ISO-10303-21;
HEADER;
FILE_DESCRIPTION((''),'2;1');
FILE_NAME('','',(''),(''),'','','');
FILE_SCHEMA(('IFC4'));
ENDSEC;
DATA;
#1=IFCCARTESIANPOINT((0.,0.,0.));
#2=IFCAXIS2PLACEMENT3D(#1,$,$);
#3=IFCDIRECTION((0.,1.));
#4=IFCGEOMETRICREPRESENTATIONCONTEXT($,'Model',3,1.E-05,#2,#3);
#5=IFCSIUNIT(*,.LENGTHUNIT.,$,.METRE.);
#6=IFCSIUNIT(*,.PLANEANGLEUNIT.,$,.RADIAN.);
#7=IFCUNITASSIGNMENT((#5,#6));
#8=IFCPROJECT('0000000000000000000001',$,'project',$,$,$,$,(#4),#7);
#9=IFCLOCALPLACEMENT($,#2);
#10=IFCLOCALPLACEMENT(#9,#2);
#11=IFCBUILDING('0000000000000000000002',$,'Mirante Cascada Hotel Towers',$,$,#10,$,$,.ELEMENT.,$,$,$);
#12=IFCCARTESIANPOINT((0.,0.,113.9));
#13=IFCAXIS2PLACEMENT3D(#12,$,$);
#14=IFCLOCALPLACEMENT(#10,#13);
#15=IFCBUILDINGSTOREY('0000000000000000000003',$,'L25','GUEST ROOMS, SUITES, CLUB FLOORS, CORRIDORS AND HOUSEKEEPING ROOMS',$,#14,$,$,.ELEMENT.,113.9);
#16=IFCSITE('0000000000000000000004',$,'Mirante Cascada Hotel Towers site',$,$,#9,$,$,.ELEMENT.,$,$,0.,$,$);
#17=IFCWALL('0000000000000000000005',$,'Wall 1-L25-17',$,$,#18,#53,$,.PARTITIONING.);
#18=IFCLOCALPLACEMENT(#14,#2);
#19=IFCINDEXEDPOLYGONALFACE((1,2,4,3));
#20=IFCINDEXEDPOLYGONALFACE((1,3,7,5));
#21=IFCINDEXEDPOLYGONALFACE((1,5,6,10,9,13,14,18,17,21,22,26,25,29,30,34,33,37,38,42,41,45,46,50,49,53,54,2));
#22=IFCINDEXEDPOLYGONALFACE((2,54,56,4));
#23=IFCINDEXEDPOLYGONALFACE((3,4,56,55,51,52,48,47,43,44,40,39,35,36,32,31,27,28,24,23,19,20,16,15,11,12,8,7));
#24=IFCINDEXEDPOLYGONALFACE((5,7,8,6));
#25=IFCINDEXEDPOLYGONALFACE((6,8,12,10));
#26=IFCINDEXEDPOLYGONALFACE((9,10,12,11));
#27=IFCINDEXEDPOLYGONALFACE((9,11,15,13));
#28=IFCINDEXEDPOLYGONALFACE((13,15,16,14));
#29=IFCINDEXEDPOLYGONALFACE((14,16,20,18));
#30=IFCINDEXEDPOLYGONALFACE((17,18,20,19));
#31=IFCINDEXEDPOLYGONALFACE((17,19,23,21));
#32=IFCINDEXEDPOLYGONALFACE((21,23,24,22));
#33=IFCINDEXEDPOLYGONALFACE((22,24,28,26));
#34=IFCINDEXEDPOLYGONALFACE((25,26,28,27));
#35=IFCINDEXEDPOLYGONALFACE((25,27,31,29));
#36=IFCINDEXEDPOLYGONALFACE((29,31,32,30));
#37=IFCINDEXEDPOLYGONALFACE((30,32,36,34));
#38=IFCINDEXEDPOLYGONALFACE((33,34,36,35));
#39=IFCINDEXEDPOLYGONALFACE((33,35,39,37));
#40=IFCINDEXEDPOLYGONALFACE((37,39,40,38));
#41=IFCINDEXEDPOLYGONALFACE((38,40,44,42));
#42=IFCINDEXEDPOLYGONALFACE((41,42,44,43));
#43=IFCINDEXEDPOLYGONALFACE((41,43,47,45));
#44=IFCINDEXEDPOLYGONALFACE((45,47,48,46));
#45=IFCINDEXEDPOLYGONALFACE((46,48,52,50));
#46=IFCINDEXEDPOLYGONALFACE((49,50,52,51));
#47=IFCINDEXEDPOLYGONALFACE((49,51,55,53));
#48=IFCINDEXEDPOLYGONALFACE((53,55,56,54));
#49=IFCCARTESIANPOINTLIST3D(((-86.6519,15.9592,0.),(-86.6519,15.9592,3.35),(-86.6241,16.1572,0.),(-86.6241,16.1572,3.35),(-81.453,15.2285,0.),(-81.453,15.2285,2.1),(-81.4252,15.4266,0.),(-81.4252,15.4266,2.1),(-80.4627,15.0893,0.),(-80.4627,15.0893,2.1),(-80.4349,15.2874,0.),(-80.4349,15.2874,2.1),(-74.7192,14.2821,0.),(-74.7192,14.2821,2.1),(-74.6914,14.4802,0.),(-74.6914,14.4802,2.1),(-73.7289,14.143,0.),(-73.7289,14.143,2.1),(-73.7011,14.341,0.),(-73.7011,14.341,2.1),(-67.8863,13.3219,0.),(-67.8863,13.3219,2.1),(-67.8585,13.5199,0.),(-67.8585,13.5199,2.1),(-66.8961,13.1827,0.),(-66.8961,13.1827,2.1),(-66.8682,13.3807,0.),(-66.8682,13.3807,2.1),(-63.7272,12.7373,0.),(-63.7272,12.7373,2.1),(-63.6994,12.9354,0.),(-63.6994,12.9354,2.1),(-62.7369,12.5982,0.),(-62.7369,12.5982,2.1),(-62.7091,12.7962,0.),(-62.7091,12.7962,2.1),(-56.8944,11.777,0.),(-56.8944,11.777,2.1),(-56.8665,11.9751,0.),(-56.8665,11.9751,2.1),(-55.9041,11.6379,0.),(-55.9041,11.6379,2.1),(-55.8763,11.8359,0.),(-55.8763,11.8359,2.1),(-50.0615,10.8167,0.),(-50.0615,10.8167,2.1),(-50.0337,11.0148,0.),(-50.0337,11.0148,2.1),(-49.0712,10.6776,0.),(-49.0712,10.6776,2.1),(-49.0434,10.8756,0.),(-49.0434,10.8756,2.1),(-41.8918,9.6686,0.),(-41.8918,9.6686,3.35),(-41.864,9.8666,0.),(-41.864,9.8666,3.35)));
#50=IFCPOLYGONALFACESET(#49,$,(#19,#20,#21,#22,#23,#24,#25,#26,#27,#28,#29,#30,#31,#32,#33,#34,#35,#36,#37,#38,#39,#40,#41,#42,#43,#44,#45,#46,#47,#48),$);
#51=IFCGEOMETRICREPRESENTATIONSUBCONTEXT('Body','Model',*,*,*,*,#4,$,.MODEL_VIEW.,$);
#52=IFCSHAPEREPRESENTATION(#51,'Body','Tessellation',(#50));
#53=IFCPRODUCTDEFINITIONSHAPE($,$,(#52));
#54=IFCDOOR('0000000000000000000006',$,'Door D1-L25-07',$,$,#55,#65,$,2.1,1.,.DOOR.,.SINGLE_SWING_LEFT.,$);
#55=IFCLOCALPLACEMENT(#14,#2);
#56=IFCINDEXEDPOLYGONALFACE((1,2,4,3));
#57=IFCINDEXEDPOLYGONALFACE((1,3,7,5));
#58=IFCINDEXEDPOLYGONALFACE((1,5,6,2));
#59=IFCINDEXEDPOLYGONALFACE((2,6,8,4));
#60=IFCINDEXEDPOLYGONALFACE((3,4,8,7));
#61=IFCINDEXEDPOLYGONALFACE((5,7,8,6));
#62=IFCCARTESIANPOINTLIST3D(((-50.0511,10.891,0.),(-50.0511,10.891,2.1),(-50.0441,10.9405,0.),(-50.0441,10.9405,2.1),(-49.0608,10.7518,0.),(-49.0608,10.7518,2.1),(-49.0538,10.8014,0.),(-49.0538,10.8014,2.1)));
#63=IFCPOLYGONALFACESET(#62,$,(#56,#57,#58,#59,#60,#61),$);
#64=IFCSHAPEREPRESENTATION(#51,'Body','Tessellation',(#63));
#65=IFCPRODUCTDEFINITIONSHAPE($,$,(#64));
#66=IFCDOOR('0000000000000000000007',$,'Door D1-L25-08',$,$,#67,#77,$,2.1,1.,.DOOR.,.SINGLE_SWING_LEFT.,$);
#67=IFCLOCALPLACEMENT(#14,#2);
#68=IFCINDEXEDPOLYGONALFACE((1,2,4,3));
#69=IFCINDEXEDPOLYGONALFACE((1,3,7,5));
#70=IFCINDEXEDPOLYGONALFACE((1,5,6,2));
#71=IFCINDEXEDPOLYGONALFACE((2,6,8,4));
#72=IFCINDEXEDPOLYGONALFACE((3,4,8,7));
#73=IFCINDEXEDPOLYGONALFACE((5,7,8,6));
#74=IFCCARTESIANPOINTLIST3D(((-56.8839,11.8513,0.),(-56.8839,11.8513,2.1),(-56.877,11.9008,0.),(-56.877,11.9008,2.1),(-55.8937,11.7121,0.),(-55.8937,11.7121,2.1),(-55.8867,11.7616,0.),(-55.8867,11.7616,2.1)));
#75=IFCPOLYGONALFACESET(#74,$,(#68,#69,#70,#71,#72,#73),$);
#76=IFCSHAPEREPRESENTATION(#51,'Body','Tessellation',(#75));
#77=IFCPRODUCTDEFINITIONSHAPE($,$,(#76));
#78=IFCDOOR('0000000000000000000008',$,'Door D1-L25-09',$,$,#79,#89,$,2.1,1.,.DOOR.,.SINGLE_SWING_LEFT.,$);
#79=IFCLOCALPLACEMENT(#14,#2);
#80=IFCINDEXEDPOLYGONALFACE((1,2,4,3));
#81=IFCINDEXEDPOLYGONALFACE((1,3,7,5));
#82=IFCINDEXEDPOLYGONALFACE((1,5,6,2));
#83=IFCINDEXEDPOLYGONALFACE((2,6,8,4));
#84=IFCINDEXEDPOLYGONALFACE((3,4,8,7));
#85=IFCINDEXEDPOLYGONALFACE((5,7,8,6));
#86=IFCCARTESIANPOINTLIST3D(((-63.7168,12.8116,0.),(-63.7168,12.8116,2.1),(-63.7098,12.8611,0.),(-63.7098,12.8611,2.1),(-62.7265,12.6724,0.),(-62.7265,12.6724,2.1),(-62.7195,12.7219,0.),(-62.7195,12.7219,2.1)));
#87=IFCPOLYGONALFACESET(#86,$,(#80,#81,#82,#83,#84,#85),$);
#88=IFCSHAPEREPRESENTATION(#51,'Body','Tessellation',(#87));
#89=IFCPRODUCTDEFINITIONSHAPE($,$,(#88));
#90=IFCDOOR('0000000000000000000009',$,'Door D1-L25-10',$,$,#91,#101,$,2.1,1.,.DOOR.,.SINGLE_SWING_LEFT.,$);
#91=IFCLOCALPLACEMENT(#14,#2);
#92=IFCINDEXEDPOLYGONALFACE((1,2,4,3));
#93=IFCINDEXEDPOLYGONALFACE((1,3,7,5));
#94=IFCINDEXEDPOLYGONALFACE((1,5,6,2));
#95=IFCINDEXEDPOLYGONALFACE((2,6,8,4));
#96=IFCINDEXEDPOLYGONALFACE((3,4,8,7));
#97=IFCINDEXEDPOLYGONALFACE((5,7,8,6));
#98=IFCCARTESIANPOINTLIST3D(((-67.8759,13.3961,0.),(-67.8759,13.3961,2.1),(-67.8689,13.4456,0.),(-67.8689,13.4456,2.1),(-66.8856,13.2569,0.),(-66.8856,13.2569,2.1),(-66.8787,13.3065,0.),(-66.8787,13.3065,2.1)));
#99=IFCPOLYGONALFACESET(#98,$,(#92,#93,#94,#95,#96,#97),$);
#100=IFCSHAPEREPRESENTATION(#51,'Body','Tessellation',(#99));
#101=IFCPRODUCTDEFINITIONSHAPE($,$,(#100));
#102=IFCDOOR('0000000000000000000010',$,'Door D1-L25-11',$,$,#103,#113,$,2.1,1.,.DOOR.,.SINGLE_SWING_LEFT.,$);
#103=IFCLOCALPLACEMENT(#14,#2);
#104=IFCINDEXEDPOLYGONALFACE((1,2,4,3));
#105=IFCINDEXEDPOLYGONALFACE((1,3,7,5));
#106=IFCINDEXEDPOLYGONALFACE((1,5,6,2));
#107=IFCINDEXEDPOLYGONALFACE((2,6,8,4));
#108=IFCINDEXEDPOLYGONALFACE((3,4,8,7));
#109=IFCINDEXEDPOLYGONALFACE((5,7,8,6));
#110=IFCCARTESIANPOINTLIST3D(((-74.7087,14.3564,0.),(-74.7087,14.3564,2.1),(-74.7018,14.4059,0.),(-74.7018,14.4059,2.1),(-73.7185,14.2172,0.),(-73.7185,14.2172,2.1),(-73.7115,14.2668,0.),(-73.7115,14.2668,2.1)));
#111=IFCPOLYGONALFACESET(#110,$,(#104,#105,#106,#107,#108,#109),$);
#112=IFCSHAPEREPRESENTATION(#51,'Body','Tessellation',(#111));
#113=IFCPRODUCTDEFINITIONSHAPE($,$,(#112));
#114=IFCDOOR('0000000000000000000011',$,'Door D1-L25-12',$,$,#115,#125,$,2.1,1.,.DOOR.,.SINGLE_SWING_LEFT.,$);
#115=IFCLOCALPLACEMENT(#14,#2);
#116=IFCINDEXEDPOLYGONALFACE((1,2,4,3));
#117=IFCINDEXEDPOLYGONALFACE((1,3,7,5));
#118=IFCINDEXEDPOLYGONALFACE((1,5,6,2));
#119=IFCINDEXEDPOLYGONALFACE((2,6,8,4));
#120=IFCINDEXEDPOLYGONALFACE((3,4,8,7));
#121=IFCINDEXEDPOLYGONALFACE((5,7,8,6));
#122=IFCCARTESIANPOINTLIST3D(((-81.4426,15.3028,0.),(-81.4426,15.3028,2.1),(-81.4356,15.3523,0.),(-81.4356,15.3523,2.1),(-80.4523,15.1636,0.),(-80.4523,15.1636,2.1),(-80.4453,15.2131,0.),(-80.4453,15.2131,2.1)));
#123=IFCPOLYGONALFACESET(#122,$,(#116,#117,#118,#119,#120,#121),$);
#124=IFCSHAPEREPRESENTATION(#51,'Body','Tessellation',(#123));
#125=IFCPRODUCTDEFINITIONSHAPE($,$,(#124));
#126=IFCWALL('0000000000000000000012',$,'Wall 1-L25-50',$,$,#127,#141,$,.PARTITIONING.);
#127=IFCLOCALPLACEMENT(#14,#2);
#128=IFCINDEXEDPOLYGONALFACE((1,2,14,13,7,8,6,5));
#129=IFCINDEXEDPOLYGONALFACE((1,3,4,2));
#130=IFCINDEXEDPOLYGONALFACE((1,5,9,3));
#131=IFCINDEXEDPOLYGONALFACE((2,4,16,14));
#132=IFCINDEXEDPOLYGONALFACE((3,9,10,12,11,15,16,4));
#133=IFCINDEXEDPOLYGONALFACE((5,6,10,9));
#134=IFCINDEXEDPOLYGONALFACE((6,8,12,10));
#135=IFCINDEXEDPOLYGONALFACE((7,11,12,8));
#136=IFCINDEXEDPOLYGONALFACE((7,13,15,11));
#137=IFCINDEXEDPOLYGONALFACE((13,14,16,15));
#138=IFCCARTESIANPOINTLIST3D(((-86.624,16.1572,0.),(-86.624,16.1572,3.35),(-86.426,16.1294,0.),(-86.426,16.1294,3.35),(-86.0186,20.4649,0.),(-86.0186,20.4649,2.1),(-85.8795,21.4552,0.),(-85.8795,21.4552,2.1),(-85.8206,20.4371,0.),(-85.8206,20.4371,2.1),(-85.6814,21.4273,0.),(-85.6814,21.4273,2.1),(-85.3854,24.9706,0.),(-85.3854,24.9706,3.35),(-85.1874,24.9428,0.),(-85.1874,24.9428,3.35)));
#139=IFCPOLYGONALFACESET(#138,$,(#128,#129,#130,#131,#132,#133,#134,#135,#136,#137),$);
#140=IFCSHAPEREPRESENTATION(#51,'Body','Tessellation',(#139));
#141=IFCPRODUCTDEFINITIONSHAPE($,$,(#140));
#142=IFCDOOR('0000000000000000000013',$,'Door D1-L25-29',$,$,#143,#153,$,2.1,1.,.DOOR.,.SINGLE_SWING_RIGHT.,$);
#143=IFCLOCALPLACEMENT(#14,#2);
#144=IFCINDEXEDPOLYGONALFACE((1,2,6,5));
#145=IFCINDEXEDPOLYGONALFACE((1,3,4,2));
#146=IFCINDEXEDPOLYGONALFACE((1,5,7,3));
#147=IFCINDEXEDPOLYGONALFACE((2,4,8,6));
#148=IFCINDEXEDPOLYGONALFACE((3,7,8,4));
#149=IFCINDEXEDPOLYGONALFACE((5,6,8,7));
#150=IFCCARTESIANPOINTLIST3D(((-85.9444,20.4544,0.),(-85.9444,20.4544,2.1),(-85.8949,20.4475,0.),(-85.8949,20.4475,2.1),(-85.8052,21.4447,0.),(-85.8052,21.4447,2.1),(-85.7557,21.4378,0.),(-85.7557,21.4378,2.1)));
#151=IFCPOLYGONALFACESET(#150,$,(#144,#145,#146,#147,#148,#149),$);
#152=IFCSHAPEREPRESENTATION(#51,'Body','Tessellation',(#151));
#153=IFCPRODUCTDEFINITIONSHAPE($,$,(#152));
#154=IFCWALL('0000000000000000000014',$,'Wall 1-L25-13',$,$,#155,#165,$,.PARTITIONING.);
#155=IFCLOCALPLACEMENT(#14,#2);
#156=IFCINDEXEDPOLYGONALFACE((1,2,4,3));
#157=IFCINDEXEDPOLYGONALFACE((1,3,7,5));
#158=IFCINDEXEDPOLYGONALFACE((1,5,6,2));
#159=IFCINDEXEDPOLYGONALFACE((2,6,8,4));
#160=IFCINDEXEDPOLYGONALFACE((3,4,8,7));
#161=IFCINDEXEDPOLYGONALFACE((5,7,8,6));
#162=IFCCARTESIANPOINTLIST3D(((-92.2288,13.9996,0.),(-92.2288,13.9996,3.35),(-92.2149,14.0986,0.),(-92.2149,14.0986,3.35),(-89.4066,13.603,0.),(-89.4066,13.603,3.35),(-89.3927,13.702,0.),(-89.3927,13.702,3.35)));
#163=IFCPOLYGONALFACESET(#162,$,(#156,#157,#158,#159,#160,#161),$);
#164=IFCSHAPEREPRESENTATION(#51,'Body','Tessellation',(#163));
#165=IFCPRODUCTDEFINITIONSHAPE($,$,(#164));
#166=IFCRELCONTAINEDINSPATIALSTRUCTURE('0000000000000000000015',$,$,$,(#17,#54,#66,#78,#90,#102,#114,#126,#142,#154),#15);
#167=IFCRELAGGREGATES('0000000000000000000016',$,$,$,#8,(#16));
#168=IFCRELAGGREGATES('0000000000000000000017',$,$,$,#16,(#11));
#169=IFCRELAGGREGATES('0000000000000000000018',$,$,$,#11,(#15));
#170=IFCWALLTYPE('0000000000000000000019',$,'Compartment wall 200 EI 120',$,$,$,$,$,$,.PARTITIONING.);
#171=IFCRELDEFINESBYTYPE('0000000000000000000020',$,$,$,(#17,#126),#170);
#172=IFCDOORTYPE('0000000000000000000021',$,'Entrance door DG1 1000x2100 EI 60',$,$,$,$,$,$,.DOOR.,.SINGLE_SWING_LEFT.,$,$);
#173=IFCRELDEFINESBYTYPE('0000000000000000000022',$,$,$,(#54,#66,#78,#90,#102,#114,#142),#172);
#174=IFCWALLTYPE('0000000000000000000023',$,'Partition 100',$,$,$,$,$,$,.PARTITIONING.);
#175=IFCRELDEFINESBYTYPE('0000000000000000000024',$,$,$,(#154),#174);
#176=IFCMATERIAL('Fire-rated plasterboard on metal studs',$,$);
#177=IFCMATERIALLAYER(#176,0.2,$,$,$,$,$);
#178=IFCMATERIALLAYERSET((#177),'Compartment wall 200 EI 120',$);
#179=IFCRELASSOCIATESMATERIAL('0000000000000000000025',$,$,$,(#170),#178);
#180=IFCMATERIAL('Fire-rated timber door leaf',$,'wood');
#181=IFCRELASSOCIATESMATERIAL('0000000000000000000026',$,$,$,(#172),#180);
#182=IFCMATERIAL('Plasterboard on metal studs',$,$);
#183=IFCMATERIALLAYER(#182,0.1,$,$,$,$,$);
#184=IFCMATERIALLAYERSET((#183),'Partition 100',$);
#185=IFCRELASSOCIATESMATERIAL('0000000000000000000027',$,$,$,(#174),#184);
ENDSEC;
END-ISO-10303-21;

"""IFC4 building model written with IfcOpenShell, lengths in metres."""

from ifc_helpers import new_model, si_unit, direction, frame, frame_2d, origin, place, context, subcontext, project, spatial, rectangle, extrude, material, layer, layer_set, type_object, element, fill, save


model = new_model("IFC4")

# Units and contexts
model_context = context("Model", 3, precision=1e-05, world=origin(), true_north=direction((0.0, 1.0)))
body_context = subcontext(model_context, "Body", "Model", "MODEL_VIEW")
ifc_project = project(units=[si_unit("LENGTHUNIT", "METRE"), si_unit("PLANEANGLEUNIT", "RADIAN")], contexts=[model_context])

# Site, building, storey
site_placement = place(None, origin())
site = spatial("IfcSite", under=ifc_project, at=site_placement, Name="Mirante Cascada Hotel Towers site", CompositionType="ELEMENT", RefElevation=0.0)
building_placement = place(site_placement, origin())
building = spatial("IfcBuilding", under=site, at=building_placement, Name="Mirante Cascada Hotel Towers", CompositionType="ELEMENT")
storey_placement = place(building_placement, frame((0.0, 0.0, 113.9)))
storey = spatial("IfcBuildingStorey", under=building, at=storey_placement, Name="L25", Description="GUEST ROOMS, SUITES, CLUB FLOORS, CORRIDORS AND HOUSEKEEPING ROOMS", CompositionType="ELEMENT", Elevation=113.9)

# Shared definitions
ifc_material_1 = material(Name="Fire-rated plasterboard on metal studs")
ifc_layer_1 = layer(ifc_material_1, 0.2)
ifc_layer_set_1 = layer_set([ifc_layer_1], Name="Compartment wall 200 EI 120")
wall_type_1 = type_object("IfcWallType", Name="Compartment wall 200 EI 120", PredefinedType="PARTITIONING", material=ifc_layer_set_1)

# Wall, openings, doors
wall_1_placement = place(storey_placement, frame((-86.638, 16.0582, 0.0), z_axis=(0.0, 0.0, 1.0), x_axis=(0.990268, -0.139173, 0.0)))
wall_1 = element("IfcWall", 1, at=wall_1_placement, inside=storey, type_object=wall_type_1, Name="Wall 1-L25-17", PredefinedType="PARTITIONING", context=body_context, shape_type="SweptSolid", body=[
    extrude(rectangle(XDim=45.2, YDim=0.2, at=frame_2d((22.6, 0.0))), origin(), (0.0, 0.0, 1.0), 3.35),
])
opening_1_placement = place(wall_1_placement, frame((36.95, 0.0, 0.0)))
opening_1 = element("IfcOpeningElement", 2, at=opening_1_placement, cuts=wall_1, PredefinedType="OPENING", context=body_context, shape_type="SweptSolid", body=[
    extrude(rectangle(XDim=1.0, YDim=2.1, at=frame_2d((0.5, 1.05))), frame((0.0, 0.1, 0.0), z_axis=(0.0, -1.0, 0.0), x_axis=(1.0, 0.0, 0.0)), (0.0, 0.0, 1.0), 0.2),
])
opening_2_placement = place(wall_1_placement, frame((30.05, 0.0, 0.0)))
opening_2 = element("IfcOpeningElement", 3, at=opening_2_placement, cuts=wall_1, PredefinedType="OPENING", context=body_context, shape_type="SweptSolid", body=[
    extrude(rectangle(XDim=1.0, YDim=2.1, at=frame_2d((0.5, 1.05))), frame((0.0, 0.1, 0.0), z_axis=(0.0, -1.0, 0.0), x_axis=(1.0, 0.0, 0.0)), (0.0, 0.0, 1.0), 0.2),
])
opening_3_placement = place(wall_1_placement, frame((23.15, 0.0, 0.0)))
opening_3 = element("IfcOpeningElement", 4, at=opening_3_placement, cuts=wall_1, PredefinedType="OPENING", context=body_context, shape_type="SweptSolid", body=[
    extrude(rectangle(XDim=1.0, YDim=2.1, at=frame_2d((0.5, 1.05))), frame((0.0, 0.1, 0.0), z_axis=(0.0, -1.0, 0.0), x_axis=(1.0, 0.0, 0.0)), (0.0, 0.0, 1.0), 0.2),
])
opening_4_placement = place(wall_1_placement, frame((18.95, 0.0, 0.0)))
opening_4 = element("IfcOpeningElement", 5, at=opening_4_placement, cuts=wall_1, PredefinedType="OPENING", context=body_context, shape_type="SweptSolid", body=[
    extrude(rectangle(XDim=1.0, YDim=2.1, at=frame_2d((0.5, 1.05))), frame((0.0, 0.1, 0.0), z_axis=(0.0, -1.0, 0.0), x_axis=(1.0, 0.0, 0.0)), (0.0, 0.0, 1.0), 0.2),
])
opening_5_placement = place(wall_1_placement, frame((12.05, 0.0, 0.0)))
opening_5 = element("IfcOpeningElement", 6, at=opening_5_placement, cuts=wall_1, PredefinedType="OPENING", context=body_context, shape_type="SweptSolid", body=[
    extrude(rectangle(XDim=1.0, YDim=2.1, at=frame_2d((0.5, 1.05))), frame((0.0, 0.1, 0.0), z_axis=(0.0, -1.0, 0.0), x_axis=(1.0, 0.0, 0.0)), (0.0, 0.0, 1.0), 0.2),
])
opening_6_placement = place(wall_1_placement, frame((5.25, 0.0, 0.0)))
opening_6 = element("IfcOpeningElement", 7, at=opening_6_placement, cuts=wall_1, PredefinedType="OPENING", context=body_context, shape_type="SweptSolid", body=[
    extrude(rectangle(XDim=1.0, YDim=2.1, at=frame_2d((0.5, 1.05))), frame((0.0, 0.1, 0.0), z_axis=(0.0, -1.0, 0.0), x_axis=(1.0, 0.0, 0.0)), (0.0, 0.0, 1.0), 0.2),
])
ifc_material_2 = material(Name="Fire-rated timber door leaf", Category="wood")
door_type_1 = type_object("IfcDoorType", Name="Entrance door DG1 1000x2100 EI 60", OperationType="SINGLE_SWING_LEFT", PredefinedType="DOOR", material=ifc_material_2)
door_1_placement = place(opening_1_placement, origin())
door_1 = element("IfcDoor", 8, at=door_1_placement, inside=storey, type_object=door_type_1, Name="Door D1-L25-07", OperationType="SINGLE_SWING_LEFT", OverallHeight=2.1, OverallWidth=1.0, PredefinedType="DOOR", context=body_context, shape_type="SweptSolid", body=[
    extrude(rectangle(XDim=1.0, YDim=2.1, at=frame_2d((0.5, 1.05))), frame((0.0, 0.025, 0.0), z_axis=(0.0, -1.0, 0.0), x_axis=(1.0, 0.0, 0.0)), (0.0, 0.0, 1.0), 0.05),
])
fill(opening_1, door_1)
door_2_placement = place(opening_2_placement, origin())
door_2 = element("IfcDoor", 9, at=door_2_placement, inside=storey, type_object=door_type_1, Name="Door D1-L25-08", OperationType="SINGLE_SWING_LEFT", OverallHeight=2.1, OverallWidth=1.0, PredefinedType="DOOR", context=body_context, shape_type="SweptSolid", body=[
    extrude(rectangle(XDim=1.0, YDim=2.1, at=frame_2d((0.5, 1.05))), frame((0.0, 0.025, 0.0), z_axis=(0.0, -1.0, 0.0), x_axis=(1.0, 0.0, 0.0)), (0.0, 0.0, 1.0), 0.05),
])
fill(opening_2, door_2)
door_3_placement = place(opening_3_placement, origin())
door_3 = element("IfcDoor", 10, at=door_3_placement, inside=storey, type_object=door_type_1, Name="Door D1-L25-09", OperationType="SINGLE_SWING_LEFT", OverallHeight=2.1, OverallWidth=1.0, PredefinedType="DOOR", context=body_context, shape_type="SweptSolid", body=[
    extrude(rectangle(XDim=1.0, YDim=2.1, at=frame_2d((0.5, 1.05))), frame((0.0, 0.025, 0.0), z_axis=(0.0, -1.0, 0.0), x_axis=(1.0, 0.0, 0.0)), (0.0, 0.0, 1.0), 0.05),
])
fill(opening_3, door_3)
door_4_placement = place(opening_4_placement, origin())
door_4 = element("IfcDoor", 11, at=door_4_placement, inside=storey, type_object=door_type_1, Name="Door D1-L25-10", OperationType="SINGLE_SWING_LEFT", OverallHeight=2.1, OverallWidth=1.0, PredefinedType="DOOR", context=body_context, shape_type="SweptSolid", body=[
    extrude(rectangle(XDim=1.0, YDim=2.1, at=frame_2d((0.5, 1.05))), frame((0.0, 0.025, 0.0), z_axis=(0.0, -1.0, 0.0), x_axis=(1.0, 0.0, 0.0)), (0.0, 0.0, 1.0), 0.05),
])
fill(opening_4, door_4)
door_5_placement = place(opening_5_placement, origin())
door_5 = element("IfcDoor", 12, at=door_5_placement, inside=storey, type_object=door_type_1, Name="Door D1-L25-11", OperationType="SINGLE_SWING_LEFT", OverallHeight=2.1, OverallWidth=1.0, PredefinedType="DOOR", context=body_context, shape_type="SweptSolid", body=[
    extrude(rectangle(XDim=1.0, YDim=2.1, at=frame_2d((0.5, 1.05))), frame((0.0, 0.025, 0.0), z_axis=(0.0, -1.0, 0.0), x_axis=(1.0, 0.0, 0.0)), (0.0, 0.0, 1.0), 0.05),
])
fill(opening_5, door_5)
door_6_placement = place(opening_6_placement, origin())
door_6 = element("IfcDoor", 13, at=door_6_placement, inside=storey, type_object=door_type_1, Name="Door D1-L25-12", OperationType="SINGLE_SWING_LEFT", OverallHeight=2.1, OverallWidth=1.0, PredefinedType="DOOR", context=body_context, shape_type="SweptSolid", body=[
    extrude(rectangle(XDim=1.0, YDim=2.1, at=frame_2d((0.5, 1.05))), frame((0.0, 0.025, 0.0), z_axis=(0.0, -1.0, 0.0), x_axis=(1.0, 0.0, 0.0)), (0.0, 0.0, 1.0), 0.05),
])
fill(opening_6, door_6)

# Wall, opening, door
wall_2_placement = place(storey_placement, frame((-86.525, 16.1433, 0.0), z_axis=(0.0, 0.0, 1.0), x_axis=(0.139168, 0.990269, 0.0)))
wall_2 = element("IfcWall", 14, at=wall_2_placement, inside=storey, type_object=wall_type_1, Name="Wall 1-L25-50", PredefinedType="PARTITIONING", context=body_context, shape_type="SweptSolid", body=[
    extrude(rectangle(XDim=8.9, YDim=0.2, at=frame_2d((4.45, 0.0))), origin(), (0.0, 0.0, 1.0), 3.35),
])
opening_7_placement = place(wall_2_placement, frame((4.35, 0.0, 0.0)))
opening_7 = element("IfcOpeningElement", 15, at=opening_7_placement, cuts=wall_2, PredefinedType="OPENING", context=body_context, shape_type="SweptSolid", body=[
    extrude(rectangle(XDim=1.0, YDim=2.1, at=frame_2d((0.5, 1.05))), frame((0.0, 0.1, 0.0), z_axis=(0.0, -1.0, 0.0), x_axis=(1.0, 0.0, 0.0)), (0.0, 0.0, 1.0), 0.2),
])
door_7_placement = place(opening_7_placement, frame((1.0, 0.0, 0.0), z_axis=(0.0, 0.0, 1.0), x_axis=(-1.0, 0.0, 0.0)))
door_7 = element("IfcDoor", 16, at=door_7_placement, inside=storey, type_object=door_type_1, Name="Door D1-L25-29", OperationType="SINGLE_SWING_RIGHT", OverallHeight=2.1, OverallWidth=1.0, PredefinedType="DOOR", context=body_context, shape_type="SweptSolid", body=[
    extrude(rectangle(XDim=1.0, YDim=2.1, at=frame_2d((0.5, 1.05))), frame((0.0, 0.025, 0.0), z_axis=(0.0, -1.0, 0.0), x_axis=(1.0, 0.0, 0.0)), (0.0, 0.0, 1.0), 0.05),
])
fill(opening_7, door_7)

# Wall
ifc_material_3 = material(Name="Plasterboard on metal studs")
ifc_layer_2 = layer(ifc_material_3, 0.1)
ifc_layer_set_2 = layer_set([ifc_layer_2], Name="Partition 100")
wall_type_2 = type_object("IfcWallType", Name="Partition 100", PredefinedType="PARTITIONING", material=ifc_layer_set_2)
wall_3_placement = place(storey_placement, frame((-92.2219, 14.0491, 0.0), z_axis=(0.0, 0.0, 1.0), x_axis=(0.99027, -0.139161, 0.0)))
element("IfcWall", 17, at=wall_3_placement, inside=storey, type_object=wall_type_2, Name="Wall 1-L25-13", PredefinedType="PARTITIONING", context=body_context, shape_type="SweptSolid", body=[
    extrude(rectangle(XDim=2.8499, YDim=0.1, at=frame_2d((1.425, 0.0))), origin(), (0.0, 0.0, 1.0), 3.35),
])

save(model, "model.ifc")
